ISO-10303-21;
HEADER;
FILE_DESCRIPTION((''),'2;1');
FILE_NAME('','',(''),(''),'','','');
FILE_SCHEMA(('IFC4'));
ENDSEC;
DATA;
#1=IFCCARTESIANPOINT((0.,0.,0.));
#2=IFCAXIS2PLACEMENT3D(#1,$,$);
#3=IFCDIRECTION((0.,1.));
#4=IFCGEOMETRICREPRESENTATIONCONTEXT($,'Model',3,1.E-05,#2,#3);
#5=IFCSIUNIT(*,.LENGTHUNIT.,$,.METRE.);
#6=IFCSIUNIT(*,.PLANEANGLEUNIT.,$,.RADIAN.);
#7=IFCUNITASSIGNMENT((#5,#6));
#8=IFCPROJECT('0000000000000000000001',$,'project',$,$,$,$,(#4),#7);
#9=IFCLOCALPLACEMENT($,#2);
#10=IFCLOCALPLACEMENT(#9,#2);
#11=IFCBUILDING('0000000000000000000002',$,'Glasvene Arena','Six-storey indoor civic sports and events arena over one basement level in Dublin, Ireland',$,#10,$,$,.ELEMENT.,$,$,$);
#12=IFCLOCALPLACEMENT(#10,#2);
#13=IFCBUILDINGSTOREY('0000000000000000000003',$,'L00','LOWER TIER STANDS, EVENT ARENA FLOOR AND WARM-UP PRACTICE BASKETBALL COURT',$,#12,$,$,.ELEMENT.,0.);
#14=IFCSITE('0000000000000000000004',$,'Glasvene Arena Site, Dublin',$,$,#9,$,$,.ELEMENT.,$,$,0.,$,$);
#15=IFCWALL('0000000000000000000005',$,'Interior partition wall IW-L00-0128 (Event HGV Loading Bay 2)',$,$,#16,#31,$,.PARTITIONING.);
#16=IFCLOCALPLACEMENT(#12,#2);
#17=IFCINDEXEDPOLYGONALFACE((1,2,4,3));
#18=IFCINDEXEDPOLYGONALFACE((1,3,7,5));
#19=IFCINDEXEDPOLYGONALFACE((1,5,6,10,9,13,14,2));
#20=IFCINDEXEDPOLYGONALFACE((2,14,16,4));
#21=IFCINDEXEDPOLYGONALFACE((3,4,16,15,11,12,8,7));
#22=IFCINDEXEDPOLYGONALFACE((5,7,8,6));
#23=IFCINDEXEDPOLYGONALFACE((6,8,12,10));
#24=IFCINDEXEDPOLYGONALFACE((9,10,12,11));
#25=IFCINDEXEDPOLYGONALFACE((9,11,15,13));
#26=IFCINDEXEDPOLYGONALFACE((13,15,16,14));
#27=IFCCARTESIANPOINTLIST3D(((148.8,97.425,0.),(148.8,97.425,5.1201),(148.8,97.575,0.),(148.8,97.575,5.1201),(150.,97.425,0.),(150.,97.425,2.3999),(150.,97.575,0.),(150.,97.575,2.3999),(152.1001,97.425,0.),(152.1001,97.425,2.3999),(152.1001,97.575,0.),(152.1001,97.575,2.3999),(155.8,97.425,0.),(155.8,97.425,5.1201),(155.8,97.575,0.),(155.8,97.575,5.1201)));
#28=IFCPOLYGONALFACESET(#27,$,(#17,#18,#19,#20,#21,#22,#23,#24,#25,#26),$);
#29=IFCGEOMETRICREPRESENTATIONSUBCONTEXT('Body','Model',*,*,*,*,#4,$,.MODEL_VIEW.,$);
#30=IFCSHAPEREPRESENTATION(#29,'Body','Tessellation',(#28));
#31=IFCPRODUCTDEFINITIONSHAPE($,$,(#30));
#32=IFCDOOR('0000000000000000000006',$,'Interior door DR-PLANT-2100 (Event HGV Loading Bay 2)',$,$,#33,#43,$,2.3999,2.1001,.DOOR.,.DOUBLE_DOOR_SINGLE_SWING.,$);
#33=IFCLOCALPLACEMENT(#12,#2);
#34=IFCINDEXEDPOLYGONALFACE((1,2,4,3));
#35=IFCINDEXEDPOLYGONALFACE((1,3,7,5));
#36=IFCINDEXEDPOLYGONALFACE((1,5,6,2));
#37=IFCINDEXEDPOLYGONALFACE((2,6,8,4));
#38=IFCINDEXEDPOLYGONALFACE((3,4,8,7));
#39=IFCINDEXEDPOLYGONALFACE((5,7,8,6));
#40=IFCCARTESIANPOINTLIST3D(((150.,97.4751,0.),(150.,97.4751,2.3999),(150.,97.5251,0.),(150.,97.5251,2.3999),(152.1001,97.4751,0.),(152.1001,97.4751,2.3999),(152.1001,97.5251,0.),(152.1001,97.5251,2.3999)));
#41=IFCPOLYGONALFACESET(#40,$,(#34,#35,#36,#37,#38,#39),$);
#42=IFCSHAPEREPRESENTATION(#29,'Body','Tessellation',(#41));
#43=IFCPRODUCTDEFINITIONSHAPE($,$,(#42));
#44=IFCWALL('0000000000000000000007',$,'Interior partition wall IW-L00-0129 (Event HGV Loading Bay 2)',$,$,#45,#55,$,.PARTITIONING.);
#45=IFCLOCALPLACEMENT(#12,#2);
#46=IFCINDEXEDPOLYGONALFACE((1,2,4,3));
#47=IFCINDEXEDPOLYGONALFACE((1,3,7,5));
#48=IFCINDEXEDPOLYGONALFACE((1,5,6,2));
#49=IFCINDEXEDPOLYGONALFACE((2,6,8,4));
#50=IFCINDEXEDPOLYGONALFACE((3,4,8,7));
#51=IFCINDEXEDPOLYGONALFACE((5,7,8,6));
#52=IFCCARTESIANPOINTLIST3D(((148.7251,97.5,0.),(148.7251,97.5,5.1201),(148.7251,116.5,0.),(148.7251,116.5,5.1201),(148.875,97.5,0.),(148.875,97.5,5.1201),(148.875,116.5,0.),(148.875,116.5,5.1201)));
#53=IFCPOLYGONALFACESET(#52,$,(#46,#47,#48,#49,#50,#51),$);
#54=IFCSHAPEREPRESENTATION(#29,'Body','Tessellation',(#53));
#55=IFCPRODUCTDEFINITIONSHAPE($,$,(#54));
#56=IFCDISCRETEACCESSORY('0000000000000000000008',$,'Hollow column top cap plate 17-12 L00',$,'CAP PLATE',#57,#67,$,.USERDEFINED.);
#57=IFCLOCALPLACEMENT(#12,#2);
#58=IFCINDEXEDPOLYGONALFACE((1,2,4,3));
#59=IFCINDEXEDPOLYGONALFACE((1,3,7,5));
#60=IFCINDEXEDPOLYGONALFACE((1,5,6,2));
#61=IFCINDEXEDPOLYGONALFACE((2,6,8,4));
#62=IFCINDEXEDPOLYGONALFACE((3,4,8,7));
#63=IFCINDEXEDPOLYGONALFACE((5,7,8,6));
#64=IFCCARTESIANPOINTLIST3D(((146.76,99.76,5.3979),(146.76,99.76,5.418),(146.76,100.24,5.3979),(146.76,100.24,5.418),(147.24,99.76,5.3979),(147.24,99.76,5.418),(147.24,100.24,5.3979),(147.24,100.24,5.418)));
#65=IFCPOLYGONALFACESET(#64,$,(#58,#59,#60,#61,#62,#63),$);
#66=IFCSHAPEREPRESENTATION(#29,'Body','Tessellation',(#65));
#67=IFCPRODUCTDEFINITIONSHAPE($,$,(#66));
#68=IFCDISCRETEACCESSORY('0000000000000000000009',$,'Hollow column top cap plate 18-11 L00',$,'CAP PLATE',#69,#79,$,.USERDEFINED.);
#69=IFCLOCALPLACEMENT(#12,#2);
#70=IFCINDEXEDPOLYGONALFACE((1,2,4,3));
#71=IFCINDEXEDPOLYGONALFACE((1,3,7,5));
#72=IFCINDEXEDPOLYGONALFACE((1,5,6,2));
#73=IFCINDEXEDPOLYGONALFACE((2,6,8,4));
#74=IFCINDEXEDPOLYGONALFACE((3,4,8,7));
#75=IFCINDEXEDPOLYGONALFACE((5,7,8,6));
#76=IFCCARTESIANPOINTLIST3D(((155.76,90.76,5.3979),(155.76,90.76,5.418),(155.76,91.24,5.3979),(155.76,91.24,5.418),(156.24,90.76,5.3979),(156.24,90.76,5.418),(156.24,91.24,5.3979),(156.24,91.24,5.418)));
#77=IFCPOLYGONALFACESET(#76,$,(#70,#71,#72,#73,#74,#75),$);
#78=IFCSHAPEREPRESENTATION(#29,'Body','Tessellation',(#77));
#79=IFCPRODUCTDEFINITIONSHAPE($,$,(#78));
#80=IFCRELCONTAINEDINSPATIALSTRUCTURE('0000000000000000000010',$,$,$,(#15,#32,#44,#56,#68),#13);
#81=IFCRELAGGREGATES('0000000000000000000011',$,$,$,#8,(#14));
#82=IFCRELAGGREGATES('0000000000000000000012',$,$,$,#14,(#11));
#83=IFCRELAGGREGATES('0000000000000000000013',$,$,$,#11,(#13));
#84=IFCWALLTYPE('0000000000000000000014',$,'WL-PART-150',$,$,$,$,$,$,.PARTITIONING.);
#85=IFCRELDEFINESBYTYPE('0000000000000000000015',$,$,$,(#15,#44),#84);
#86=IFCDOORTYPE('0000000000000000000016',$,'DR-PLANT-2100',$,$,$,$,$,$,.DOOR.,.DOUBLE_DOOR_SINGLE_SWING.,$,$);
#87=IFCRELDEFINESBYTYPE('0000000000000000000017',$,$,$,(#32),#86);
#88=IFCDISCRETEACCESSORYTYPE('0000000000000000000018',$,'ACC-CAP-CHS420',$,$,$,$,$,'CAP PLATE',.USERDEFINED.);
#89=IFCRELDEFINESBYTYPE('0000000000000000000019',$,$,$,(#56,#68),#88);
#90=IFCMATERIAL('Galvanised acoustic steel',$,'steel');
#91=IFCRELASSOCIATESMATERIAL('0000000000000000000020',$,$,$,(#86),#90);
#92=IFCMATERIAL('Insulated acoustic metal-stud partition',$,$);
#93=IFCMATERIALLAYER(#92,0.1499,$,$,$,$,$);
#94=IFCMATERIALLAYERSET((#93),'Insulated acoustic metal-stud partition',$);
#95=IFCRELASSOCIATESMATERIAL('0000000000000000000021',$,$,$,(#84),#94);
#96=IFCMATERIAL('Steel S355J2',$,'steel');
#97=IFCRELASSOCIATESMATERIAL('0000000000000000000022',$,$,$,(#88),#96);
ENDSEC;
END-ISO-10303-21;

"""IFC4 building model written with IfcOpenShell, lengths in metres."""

from ifc_helpers import new_model, si_unit, direction, frame, frame_2d, origin, origin_2d, place, context, subcontext, project, spatial, rectangle, extrude, material, layer, layer_set, type_object, element, fill, save


model = new_model("IFC4")

# Units and contexts
model_context = context("Model", 3, precision=1e-05, world=origin(), true_north=direction((0.0, 1.0)))
body_context = subcontext(model_context, "Body", "Model", "MODEL_VIEW")
ifc_project = project(units=[si_unit("LENGTHUNIT", "METRE"), si_unit("PLANEANGLEUNIT", "RADIAN")], contexts=[model_context])

# Site, building, storey
site_placement = place(None, origin())
site = spatial("IfcSite", under=ifc_project, at=site_placement, Name="Glasvene Arena Site, Dublin", CompositionType="ELEMENT", RefElevation=0.0)
building_placement = place(site_placement, origin())
building = spatial("IfcBuilding", under=site, at=building_placement, Name="Glasvene Arena", Description="Six-storey indoor civic sports and events arena over one basement level in Dublin, Ireland", CompositionType="ELEMENT")
storey_placement = place(building_placement, origin())
storey = spatial("IfcBuildingStorey", under=building, at=storey_placement, Name="L00", Description="LOWER TIER STANDS, EVENT ARENA FLOOR AND WARM-UP PRACTICE BASKETBALL COURT", CompositionType="ELEMENT", Elevation=0.0)

# Shared definitions
ifc_material_1 = material(Name="Steel S355J2", Category="steel")

# Shared definitions
ifc_material_2 = material(Name="Galvanised acoustic steel", Category="steel")
door_type = type_object("IfcDoorType", Name="DR-PLANT-2100", OperationType="DOUBLE_DOOR_SINGLE_SWING", PredefinedType="DOOR", material=ifc_material_2)

# Shared definitions
ifc_material_3 = material(Name="Insulated acoustic metal-stud partition")
ifc_layer_1 = layer(ifc_material_3, 0.1499)
ifc_layer_set_1 = layer_set([ifc_layer_1], Name="Insulated acoustic metal-stud partition")
wall_type_1 = type_object("IfcWallType", Name="WL-PART-150", PredefinedType="PARTITIONING", material=ifc_layer_set_1)

# Wall, opening, door
wall_1_placement = place(storey_placement, frame((155.8, 97.5, 0.0), z_axis=(0.0, 0.0, 1.0), x_axis=(-1.0, 0.0, 0.0)))
wall_1 = element("IfcWall", 1, at=wall_1_placement, inside=storey, type_object=wall_type_1, Name="Interior partition wall IW-L00-0128 (Event HGV Loading Bay 2)", PredefinedType="PARTITIONING", context=body_context, shape_type="SweptSolid", body=[
    extrude(rectangle(XDim=7.0, YDim=0.1499, at=frame_2d((3.5, 0.0))), origin(), (0.0, 0.0, 1.0), 5.1201),
])
opening_1_placement = place(wall_1_placement, frame((3.7, 0.0, 0.0)))
opening_1 = element("IfcOpeningElement", 2, at=opening_1_placement, cuts=wall_1, PredefinedType="OPENING", context=body_context, shape_type="SweptSolid", body=[
    extrude(rectangle(XDim=2.1001, YDim=2.3999, at=frame_2d((1.05, 1.2))), frame((0.0, 0.085, 0.0), z_axis=(0.0, -1.0, 0.0), x_axis=(1.0, 0.0, 0.0)), (0.0, 0.0, 1.0), 0.1699),
])
door_1_placement = place(opening_1_placement, origin())
door_1 = element("IfcDoor", 3, at=door_1_placement, inside=storey, type_object=door_type, Name="Interior door DR-PLANT-2100 (Event HGV Loading Bay 2)", OperationType="DOUBLE_DOOR_SINGLE_SWING", OverallHeight=2.3999, OverallWidth=2.1001, PredefinedType="DOOR", context=body_context, shape_type="SweptSolid", body=[
    extrude(rectangle(XDim=2.1001, YDim=2.3999, at=frame_2d((1.05, 1.2))), frame((0.0, 0.0249, 0.0), z_axis=(0.0, -1.0, 0.0), x_axis=(1.0, 0.0, 0.0)), (0.0, 0.0, 1.0), 0.05),
])
fill(opening_1, door_1)

# Wall
wall_2_placement = place(storey_placement, frame((148.8, 97.5, 0.0), z_axis=(0.0, 0.0, 1.0), x_axis=(0.0, 1.0, 0.0)))
element("IfcWall", 4, at=wall_2_placement, inside=storey, type_object=wall_type_1, Name="Interior partition wall IW-L00-0129 (Event HGV Loading Bay 2)", PredefinedType="PARTITIONING", context=body_context, shape_type="SweptSolid", body=[
    extrude(rectangle(XDim=19.0, YDim=0.1499, at=frame_2d((9.5, 0.0))), origin(), (0.0, 0.0, 1.0), 5.1201),
])

# Discrete accessories
discrete_accessory_type = type_object("IfcDiscreteAccessoryType", Name="ACC-CAP-CHS420", ElementType="CAP PLATE", PredefinedType="USERDEFINED", material=ifc_material_1)
for number, where, z_axis, x_axis, name in (
    (5, (147.0, 100.0, 5.3979), (0.0, 0.0, 1.0), (1.0, 0.0, 0.0), "Hollow column top cap plate 17-12 L00"),
    (6, (156.0, 91.0, 5.3979), (0.0, 0.0, 1.0), (1.0, 0.0, 0.0), "Hollow column top cap plate 18-11 L00"),
):
    element("IfcDiscreteAccessory", number, at=place(storey_placement, frame(where, z_axis=z_axis, x_axis=x_axis)), inside=storey, type_object=discrete_accessory_type, Name=name, ObjectType="CAP PLATE", PredefinedType="USERDEFINED", context=body_context, shape_type="SweptSolid", body=[
        extrude(rectangle(XDim=0.48, YDim=0.48, at=origin_2d()), origin(), (0.0, 0.0, 1.0), 0.02),
    ])

save(model, "model.ifc")
